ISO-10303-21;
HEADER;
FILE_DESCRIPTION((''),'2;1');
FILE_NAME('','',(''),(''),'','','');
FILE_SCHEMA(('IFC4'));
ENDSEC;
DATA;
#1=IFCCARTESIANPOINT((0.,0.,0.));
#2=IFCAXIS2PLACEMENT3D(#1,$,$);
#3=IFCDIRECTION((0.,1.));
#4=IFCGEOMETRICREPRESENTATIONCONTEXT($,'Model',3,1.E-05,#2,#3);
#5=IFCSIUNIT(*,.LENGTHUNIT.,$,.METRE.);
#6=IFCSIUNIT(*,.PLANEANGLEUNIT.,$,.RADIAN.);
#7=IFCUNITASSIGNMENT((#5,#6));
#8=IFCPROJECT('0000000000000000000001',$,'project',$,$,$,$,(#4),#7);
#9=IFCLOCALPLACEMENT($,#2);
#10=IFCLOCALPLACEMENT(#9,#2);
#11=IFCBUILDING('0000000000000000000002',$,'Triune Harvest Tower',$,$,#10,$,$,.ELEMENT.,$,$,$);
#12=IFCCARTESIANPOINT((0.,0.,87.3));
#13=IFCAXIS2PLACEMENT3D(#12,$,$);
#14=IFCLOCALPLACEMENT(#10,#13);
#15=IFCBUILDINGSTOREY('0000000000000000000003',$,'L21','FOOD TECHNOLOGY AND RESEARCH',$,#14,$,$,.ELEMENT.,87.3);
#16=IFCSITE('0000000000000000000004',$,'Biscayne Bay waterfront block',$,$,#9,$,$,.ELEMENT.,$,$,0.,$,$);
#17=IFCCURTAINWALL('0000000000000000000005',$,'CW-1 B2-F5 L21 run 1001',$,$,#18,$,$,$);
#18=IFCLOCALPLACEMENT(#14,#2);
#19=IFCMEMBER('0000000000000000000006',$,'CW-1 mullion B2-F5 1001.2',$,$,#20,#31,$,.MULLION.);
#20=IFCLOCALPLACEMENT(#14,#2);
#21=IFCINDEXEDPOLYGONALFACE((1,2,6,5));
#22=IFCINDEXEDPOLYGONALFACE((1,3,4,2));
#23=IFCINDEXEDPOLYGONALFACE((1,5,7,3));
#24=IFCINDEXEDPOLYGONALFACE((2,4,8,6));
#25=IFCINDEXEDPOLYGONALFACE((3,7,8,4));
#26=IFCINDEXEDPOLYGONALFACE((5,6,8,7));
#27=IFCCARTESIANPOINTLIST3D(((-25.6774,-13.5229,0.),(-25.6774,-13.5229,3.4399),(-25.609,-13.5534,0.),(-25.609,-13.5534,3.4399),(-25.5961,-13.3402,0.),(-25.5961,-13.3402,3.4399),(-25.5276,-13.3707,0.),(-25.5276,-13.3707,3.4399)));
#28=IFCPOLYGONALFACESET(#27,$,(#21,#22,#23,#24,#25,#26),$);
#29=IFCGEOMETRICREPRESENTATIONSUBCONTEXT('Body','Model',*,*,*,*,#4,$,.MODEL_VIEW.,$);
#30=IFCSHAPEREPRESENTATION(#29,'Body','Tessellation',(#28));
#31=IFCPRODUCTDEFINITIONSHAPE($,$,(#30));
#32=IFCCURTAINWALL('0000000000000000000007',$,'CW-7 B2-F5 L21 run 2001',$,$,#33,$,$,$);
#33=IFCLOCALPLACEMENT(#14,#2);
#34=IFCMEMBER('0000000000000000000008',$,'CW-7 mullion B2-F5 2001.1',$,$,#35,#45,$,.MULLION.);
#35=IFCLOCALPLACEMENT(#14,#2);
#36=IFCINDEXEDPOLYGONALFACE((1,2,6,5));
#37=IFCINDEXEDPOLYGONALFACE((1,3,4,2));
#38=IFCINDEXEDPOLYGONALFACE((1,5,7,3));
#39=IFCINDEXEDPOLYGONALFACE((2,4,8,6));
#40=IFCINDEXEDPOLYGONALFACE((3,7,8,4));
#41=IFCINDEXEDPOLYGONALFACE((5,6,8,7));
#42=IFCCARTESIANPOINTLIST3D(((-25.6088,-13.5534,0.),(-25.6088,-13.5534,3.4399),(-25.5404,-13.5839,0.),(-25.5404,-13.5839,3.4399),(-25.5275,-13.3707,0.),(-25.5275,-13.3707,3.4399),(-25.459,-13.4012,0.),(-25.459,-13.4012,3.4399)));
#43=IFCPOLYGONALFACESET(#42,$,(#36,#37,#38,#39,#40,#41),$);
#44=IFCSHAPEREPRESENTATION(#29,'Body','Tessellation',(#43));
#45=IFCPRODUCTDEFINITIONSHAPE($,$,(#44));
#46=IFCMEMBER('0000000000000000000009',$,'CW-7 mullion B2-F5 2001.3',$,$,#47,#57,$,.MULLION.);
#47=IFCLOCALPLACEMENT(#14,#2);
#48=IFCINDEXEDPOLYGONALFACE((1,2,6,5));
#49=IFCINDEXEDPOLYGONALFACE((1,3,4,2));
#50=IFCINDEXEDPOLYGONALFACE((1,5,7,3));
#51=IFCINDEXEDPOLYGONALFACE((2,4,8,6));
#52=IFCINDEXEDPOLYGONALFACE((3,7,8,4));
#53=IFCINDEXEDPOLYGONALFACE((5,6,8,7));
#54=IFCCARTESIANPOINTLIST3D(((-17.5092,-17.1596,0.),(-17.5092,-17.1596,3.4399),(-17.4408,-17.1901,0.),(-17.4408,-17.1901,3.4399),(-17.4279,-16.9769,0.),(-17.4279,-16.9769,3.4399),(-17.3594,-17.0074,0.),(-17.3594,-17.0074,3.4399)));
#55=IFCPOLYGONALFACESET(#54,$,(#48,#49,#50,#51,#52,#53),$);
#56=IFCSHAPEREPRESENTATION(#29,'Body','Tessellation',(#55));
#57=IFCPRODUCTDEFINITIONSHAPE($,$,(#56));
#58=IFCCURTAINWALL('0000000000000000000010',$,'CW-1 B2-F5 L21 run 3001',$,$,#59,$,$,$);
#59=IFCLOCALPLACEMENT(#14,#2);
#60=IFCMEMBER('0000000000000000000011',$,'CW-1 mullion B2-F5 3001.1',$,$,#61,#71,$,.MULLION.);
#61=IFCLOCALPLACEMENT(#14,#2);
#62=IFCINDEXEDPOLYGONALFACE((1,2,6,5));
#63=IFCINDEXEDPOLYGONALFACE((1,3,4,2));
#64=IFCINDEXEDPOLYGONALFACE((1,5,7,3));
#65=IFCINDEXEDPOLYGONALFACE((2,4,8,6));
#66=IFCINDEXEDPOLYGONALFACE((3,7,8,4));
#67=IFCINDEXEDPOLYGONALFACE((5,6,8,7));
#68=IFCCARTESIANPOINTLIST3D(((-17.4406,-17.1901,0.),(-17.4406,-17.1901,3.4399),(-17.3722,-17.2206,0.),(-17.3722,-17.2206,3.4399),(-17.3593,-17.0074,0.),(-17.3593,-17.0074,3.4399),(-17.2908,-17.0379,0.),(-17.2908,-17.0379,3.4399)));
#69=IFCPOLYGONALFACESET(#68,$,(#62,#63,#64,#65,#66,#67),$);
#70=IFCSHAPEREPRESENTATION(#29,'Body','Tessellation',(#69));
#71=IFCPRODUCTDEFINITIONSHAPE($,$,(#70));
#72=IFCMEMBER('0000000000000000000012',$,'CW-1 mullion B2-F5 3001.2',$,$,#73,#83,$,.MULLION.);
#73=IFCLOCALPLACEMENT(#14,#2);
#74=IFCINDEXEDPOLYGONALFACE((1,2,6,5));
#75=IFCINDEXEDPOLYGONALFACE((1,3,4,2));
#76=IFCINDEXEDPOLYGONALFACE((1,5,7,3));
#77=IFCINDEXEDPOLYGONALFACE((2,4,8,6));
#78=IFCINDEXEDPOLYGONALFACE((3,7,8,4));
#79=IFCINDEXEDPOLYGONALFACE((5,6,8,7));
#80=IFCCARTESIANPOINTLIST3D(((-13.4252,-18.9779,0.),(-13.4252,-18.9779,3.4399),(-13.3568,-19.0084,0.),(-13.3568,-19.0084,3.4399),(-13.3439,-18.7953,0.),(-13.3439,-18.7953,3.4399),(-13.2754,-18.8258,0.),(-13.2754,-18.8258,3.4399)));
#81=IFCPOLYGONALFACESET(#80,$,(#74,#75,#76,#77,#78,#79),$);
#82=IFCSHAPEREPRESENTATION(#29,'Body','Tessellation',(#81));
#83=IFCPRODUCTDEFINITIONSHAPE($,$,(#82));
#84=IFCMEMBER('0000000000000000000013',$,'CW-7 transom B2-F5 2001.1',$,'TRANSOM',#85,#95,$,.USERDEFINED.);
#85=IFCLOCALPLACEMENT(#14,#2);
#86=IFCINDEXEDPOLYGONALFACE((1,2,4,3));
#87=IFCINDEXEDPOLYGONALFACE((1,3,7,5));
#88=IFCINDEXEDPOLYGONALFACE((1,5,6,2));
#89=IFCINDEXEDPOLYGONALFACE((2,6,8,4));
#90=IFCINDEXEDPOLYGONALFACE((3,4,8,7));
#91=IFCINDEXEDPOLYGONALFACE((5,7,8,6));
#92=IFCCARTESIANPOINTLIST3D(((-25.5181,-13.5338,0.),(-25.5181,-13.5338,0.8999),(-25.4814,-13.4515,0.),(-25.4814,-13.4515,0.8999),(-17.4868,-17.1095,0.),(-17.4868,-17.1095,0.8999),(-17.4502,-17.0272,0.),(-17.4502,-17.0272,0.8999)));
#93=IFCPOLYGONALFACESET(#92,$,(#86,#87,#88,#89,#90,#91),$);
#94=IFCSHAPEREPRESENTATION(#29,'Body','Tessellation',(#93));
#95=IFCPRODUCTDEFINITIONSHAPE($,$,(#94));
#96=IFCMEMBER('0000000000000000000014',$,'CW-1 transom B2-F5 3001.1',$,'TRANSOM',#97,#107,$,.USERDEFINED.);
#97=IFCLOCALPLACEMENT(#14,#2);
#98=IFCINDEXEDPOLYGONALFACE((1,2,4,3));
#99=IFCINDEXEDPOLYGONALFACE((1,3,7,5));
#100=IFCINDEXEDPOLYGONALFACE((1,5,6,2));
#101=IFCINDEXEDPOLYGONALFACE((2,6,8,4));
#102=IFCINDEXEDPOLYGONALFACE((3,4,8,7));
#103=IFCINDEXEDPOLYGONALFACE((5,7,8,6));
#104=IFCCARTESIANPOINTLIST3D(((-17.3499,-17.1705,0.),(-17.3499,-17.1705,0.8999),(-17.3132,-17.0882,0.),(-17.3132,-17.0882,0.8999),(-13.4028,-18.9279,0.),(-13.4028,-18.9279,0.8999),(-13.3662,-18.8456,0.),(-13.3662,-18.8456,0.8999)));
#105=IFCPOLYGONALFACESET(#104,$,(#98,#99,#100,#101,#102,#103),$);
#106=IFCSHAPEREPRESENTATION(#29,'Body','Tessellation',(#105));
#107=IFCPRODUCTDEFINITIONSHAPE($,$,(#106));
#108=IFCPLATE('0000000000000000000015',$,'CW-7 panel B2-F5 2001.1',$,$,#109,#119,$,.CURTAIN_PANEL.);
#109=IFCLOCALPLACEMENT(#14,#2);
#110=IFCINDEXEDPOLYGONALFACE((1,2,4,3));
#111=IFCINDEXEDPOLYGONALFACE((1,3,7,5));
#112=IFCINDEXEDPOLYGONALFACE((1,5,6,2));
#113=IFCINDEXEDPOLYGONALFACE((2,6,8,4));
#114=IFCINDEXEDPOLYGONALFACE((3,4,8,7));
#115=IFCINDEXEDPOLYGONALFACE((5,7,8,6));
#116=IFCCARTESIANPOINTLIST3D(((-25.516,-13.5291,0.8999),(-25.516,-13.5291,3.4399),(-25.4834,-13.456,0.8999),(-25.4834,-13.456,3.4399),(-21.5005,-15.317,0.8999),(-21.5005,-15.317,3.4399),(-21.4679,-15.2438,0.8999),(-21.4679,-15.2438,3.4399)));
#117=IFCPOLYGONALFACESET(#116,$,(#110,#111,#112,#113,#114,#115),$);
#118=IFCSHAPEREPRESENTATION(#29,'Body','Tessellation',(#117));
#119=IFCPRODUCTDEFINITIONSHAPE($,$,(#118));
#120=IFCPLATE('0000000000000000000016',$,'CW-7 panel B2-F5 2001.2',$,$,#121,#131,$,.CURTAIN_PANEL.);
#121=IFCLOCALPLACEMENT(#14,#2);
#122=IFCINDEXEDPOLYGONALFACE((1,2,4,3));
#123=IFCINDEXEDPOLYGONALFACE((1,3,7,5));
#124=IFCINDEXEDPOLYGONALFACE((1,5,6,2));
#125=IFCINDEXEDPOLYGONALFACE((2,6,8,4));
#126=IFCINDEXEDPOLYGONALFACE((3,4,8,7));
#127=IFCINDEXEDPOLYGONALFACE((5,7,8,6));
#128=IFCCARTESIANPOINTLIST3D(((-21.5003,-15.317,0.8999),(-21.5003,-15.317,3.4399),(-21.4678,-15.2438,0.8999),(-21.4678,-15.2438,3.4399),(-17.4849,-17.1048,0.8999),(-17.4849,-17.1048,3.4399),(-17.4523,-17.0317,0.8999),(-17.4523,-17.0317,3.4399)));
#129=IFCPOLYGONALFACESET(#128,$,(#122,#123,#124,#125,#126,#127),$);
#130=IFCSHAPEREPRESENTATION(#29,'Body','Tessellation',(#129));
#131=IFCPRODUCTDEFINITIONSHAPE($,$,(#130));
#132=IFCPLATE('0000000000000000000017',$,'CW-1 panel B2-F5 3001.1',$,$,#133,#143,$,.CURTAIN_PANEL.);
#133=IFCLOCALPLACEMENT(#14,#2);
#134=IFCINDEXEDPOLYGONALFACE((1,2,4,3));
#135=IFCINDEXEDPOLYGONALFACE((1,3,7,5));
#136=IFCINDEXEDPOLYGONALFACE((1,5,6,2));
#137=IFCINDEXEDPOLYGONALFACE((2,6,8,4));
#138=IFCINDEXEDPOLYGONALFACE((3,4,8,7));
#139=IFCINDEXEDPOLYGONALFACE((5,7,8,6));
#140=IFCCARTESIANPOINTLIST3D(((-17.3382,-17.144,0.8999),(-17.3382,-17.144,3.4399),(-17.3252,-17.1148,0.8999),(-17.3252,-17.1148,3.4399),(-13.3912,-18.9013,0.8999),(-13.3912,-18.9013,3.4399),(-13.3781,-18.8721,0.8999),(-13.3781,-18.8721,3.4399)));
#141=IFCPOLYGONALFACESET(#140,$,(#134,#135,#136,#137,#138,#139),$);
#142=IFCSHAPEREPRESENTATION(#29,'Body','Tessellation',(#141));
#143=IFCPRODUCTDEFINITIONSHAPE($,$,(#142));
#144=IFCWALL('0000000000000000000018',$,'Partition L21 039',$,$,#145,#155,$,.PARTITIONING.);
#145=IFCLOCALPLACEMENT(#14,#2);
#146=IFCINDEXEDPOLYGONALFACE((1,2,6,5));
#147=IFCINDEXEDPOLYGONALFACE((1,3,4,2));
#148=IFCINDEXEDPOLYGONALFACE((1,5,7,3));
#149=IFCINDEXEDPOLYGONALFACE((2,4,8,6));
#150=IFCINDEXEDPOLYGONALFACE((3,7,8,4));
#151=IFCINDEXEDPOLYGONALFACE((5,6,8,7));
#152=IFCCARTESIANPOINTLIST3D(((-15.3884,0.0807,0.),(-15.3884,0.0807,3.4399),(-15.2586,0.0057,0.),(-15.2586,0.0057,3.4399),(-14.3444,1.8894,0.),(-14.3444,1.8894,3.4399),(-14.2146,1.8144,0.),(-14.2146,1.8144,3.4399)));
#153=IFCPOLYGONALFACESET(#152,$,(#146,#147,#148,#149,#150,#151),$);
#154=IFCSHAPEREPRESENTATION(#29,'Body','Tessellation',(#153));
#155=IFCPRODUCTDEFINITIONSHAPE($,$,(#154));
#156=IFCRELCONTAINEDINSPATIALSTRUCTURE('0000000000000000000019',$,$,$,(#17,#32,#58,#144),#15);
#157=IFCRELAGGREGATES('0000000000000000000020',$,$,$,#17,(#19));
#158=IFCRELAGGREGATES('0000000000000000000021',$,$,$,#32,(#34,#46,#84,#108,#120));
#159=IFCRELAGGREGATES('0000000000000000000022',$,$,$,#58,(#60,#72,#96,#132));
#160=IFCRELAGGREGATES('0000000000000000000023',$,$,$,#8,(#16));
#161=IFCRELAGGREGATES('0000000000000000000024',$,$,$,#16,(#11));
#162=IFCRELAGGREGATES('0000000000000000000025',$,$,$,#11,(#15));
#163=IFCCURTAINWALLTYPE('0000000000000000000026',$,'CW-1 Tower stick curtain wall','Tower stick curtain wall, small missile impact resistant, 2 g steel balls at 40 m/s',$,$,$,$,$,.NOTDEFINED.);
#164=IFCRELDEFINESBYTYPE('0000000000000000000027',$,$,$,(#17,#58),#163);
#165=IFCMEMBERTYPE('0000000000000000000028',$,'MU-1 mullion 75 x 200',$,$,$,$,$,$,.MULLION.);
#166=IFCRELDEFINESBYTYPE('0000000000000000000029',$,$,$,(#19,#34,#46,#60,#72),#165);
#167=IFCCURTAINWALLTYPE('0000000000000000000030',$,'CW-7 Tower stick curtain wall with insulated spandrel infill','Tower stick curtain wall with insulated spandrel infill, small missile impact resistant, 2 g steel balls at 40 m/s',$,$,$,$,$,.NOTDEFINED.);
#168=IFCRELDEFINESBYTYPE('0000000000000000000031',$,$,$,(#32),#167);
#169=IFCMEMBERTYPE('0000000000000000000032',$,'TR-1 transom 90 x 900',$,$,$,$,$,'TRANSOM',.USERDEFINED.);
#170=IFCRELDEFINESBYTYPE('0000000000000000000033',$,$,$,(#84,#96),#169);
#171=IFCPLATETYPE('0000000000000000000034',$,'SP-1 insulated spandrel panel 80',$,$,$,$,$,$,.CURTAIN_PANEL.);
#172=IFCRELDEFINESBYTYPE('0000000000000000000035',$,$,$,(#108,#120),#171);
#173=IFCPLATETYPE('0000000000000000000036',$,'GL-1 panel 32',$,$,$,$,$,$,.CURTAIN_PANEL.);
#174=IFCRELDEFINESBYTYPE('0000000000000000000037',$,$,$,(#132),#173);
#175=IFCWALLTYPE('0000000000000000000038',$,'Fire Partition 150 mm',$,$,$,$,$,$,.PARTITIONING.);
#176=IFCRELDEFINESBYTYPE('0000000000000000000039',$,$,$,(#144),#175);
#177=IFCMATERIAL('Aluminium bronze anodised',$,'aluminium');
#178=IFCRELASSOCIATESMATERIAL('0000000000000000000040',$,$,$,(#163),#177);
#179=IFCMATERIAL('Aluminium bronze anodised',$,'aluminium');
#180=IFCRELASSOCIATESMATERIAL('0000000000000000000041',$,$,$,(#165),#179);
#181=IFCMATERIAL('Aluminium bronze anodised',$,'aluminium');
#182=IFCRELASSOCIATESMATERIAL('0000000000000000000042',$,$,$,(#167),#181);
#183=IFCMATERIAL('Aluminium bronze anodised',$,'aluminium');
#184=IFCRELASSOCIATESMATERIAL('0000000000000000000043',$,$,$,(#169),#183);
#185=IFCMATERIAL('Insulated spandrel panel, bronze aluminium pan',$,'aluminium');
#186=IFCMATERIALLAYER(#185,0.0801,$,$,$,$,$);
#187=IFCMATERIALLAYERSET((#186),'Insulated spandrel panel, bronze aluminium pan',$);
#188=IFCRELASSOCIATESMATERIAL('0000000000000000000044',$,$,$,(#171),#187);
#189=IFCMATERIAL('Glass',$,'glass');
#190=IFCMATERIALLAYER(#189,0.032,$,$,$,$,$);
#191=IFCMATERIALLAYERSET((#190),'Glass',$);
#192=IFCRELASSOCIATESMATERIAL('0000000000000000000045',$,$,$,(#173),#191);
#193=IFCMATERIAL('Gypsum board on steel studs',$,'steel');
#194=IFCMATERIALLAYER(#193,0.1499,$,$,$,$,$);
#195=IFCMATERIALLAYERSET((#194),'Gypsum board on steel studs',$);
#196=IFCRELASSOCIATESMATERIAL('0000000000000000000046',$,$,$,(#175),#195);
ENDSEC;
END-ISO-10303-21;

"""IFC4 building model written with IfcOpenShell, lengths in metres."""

from ifc_helpers import new_model, si_unit, direction, frame, frame_2d, origin, origin_2d, place, context, subcontext, project, spatial, rectangle, extrude, source, transform, mapped, material, layer, layer_set, material_profile, profile_set, type_object, element, aggregate, save


model = new_model("IFC4")

# Units and contexts
model_context = context("Model", 3, precision=1e-05, world=origin(), true_north=direction((0.0, 1.0)))
body_context = subcontext(model_context, "Body", "Model", "MODEL_VIEW")
ifc_project = project(units=[si_unit("LENGTHUNIT", "METRE"), si_unit("PLANEANGLEUNIT", "RADIAN")], contexts=[model_context])

# Site, building, storey
site_placement = place(None, origin())
site = spatial("IfcSite", under=ifc_project, at=site_placement, Name="Biscayne Bay waterfront block", CompositionType="ELEMENT", RefElevation=0.0)
building_placement = place(site_placement, origin())
building = spatial("IfcBuilding", under=site, at=building_placement, Name="Triune Harvest Tower", CompositionType="ELEMENT")
storey_placement = place(building_placement, frame((0.0, 0.0, 87.3)))
storey = spatial("IfcBuildingStorey", under=building, at=storey_placement, Name="L21", Description="FOOD TECHNOLOGY AND RESEARCH", CompositionType="ELEMENT", Elevation=87.3)

# Curtain wall, member
ifc_material_1 = material(Name="Aluminium bronze anodised", Category="aluminium")
curtain_wall_type_1 = type_object("IfcCurtainWallType", Name="CW-1 Tower stick curtain wall", Description="Tower stick curtain wall, small missile impact resistant, 2 g steel balls at 40 m/s", PredefinedType="NOTDEFINED", material=ifc_material_1)
curtain_wall_1_placement = place(storey_placement, origin())
curtain_wall_1 = element("IfcCurtainWall", 1, at=curtain_wall_1_placement, inside=storey, type_object=curtain_wall_type_1, Name="CW-1 B2-F5 L21 run 1001")
ifc_material_2 = material(Name="Aluminium bronze anodised", Category="aluminium")
ifc_material_profile_1 = material_profile(ifc_material_2, rectangle(XDim=0.2, YDim=0.075, at=origin_2d()), Name="MU-1 mullion 75 x 200")
ifc_profile_set_1 = profile_set([ifc_material_profile_1], Name="Aluminium bronze anodised")
member_type_1 = type_object("IfcMemberType", Name="MU-1 mullion 75 x 200", PredefinedType="MULLION", material=ifc_profile_set_1)
shared_shape_1 = source(origin(), body_context, "Body", "SweptSolid", [
    extrude(rectangle(XDim=0.2, YDim=0.075, at=origin_2d()), origin(), (0.0, 0.0, 1.0), 3.4399),
])
member_1_placement = place(storey_placement, frame((-25.6025, -13.4468, 0.0), z_axis=(0.0, 0.0, 1.0), x_axis=(0.406726, 0.91355, 0.0)))
member_1 = element("IfcMember", 2, at=member_1_placement, type_object=member_type_1, Name="CW-1 mullion B2-F5 1001.2", PredefinedType="MULLION", context=body_context, shape_type="MappedRepresentation", body=[
    mapped(shared_shape_1, transform((0.0, 0.0, 0.0), scale=1.0)),
])
aggregate(curtain_wall_1, [member_1])

# Curtain walls, members
ifc_material_3 = material(Name="Aluminium bronze anodised", Category="aluminium")
curtain_wall_type_2 = type_object("IfcCurtainWallType", Name="CW-7 Tower stick curtain wall with insulated spandrel infill", Description="Tower stick curtain wall with insulated spandrel infill, small missile impact resistant, 2 g steel balls at 40 m/s", PredefinedType="NOTDEFINED", material=ifc_material_3)
curtain_wall_2_placement = place(storey_placement, origin())
curtain_wall_2 = element("IfcCurtainWall", 3, at=curtain_wall_2_placement, inside=storey, type_object=curtain_wall_type_2, Name="CW-7 B2-F5 L21 run 2001")
member_2_placement = place(storey_placement, frame((-25.5339, -13.4773, 0.0), z_axis=(0.0, 0.0, 1.0), x_axis=(0.406739, 0.913544, 0.0)))
member_2 = element("IfcMember", 4, at=member_2_placement, type_object=member_type_1, Name="CW-7 mullion B2-F5 2001.1", PredefinedType="MULLION", context=body_context, shape_type="MappedRepresentation", body=[
    mapped(shared_shape_1, transform((0.0, 0.0, 0.0), scale=1.0)),
])
member_3_placement = place(storey_placement, frame((-17.4343, -17.0835, 0.0), z_axis=(0.0, 0.0, 1.0), x_axis=(0.406739, 0.913544, 0.0)))
member_3 = element("IfcMember", 5, at=member_3_placement, type_object=member_type_1, Name="CW-7 mullion B2-F5 2001.3", PredefinedType="MULLION", context=body_context, shape_type="MappedRepresentation", body=[
    mapped(shared_shape_1, transform((0.0, 0.0, 0.0), scale=1.0)),
])
curtain_wall_3_placement = place(storey_placement, origin())
curtain_wall_3 = element("IfcCurtainWall", 6, at=curtain_wall_3_placement, inside=storey, type_object=curtain_wall_type_1, Name="CW-1 B2-F5 L21 run 3001")
member_4_placement = place(storey_placement, frame((-17.3657, -17.114, 0.0), z_axis=(0.0, 0.0, 1.0), x_axis=(0.406744, 0.913542, 0.0)))
member_4 = element("IfcMember", 7, at=member_4_placement, type_object=member_type_1, Name="CW-1 mullion B2-F5 3001.1", PredefinedType="MULLION", context=body_context, shape_type="MappedRepresentation", body=[
    mapped(shared_shape_1, transform((0.0, 0.0, 0.0), scale=1.0)),
])
member_5_placement = place(storey_placement, frame((-13.3503, -18.9019, 0.0), z_axis=(0.0, 0.0, 1.0), x_axis=(0.406744, 0.913542, 0.0)))
member_5 = element("IfcMember", 8, at=member_5_placement, type_object=member_type_1, Name="CW-1 mullion B2-F5 3001.2", PredefinedType="MULLION", context=body_context, shape_type="MappedRepresentation", body=[
    mapped(shared_shape_1, transform((0.0, 0.0, 0.0), scale=1.0)),
])

# Members
ifc_material_4 = material(Name="Aluminium bronze anodised", Category="aluminium")
ifc_material_profile_2 = material_profile(ifc_material_4, rectangle(XDim=0.0901, YDim=0.8999, at=origin_2d()), Name="TR-1 transom 90 x 900")
ifc_profile_set_2 = profile_set([ifc_material_profile_2], Name="Aluminium bronze anodised")
member_type_2 = type_object("IfcMemberType", Name="TR-1 transom 90 x 900", ElementType="TRANSOM", PredefinedType="USERDEFINED", material=ifc_profile_set_2)
shared_shape_2 = source(origin(), body_context, "Body", "SweptSolid", [
    extrude(rectangle(XDim=0.0901, YDim=0.8999, at=origin_2d()), origin(), (0.0, 0.0, 1.0), 8.7913),
])
member_6_placement = place(storey_placement, frame((-25.4998, -13.4927, 0.45), z_axis=(0.913548, -0.406731, 0.0), x_axis=(0.406731, 0.913548, 0.0)))
member_6 = element("IfcMember", 9, at=member_6_placement, type_object=member_type_2, Name="CW-7 transom B2-F5 2001.1", ObjectType="TRANSOM", PredefinedType="USERDEFINED", context=body_context, shape_type="MappedRepresentation", body=[
    mapped(shared_shape_2, transform((0.0, 0.0, 0.0), scale=1.0)),
])
shared_shape_3 = source(origin(), body_context, "Body", "SweptSolid", [
    extrude(rectangle(XDim=0.0901, YDim=0.8999, at=origin_2d()), origin(), (0.0, 0.0, 1.0), 4.3206),
])
member_7_placement = place(storey_placement, frame((-17.3315, -17.1294, 0.45), z_axis=(0.913546, -0.406736, 0.0), x_axis=(0.406736, 0.913546, 0.0)))
member_7 = element("IfcMember", 10, at=member_7_placement, type_object=member_type_2, Name="CW-1 transom B2-F5 3001.1", ObjectType="TRANSOM", PredefinedType="USERDEFINED", context=body_context, shape_type="MappedRepresentation", body=[
    mapped(shared_shape_3, transform((0.0, 0.0, 0.0), scale=1.0)),
])

# Plates
ifc_material_5 = material(Name="Insulated spandrel panel, bronze aluminium pan", Category="aluminium")
ifc_layer_1 = layer(ifc_material_5, 0.0801)
ifc_layer_set_1 = layer_set([ifc_layer_1], Name="Insulated spandrel panel, bronze aluminium pan")
plate_type_1 = type_object("IfcPlateType", Name="SP-1 insulated spandrel panel 80", PredefinedType="CURTAIN_PANEL", material=ifc_layer_set_1)
shared_shape_4 = source(origin(), body_context, "Body", "SweptSolid", [
    extrude(rectangle(XDim=4.3955, YDim=0.0801, at=origin_2d()), origin(), (0.0, 0.0, 1.0), 2.54),
])
plate_1_placement = place(storey_placement, frame((-23.4919, -14.3865, 0.8999), z_axis=(0.0, 0.0, 1.0), x_axis=(0.913544, -0.406739, 0.0)))
plate_1 = element("IfcPlate", 11, at=plate_1_placement, type_object=plate_type_1, Name="CW-7 panel B2-F5 2001.1", PredefinedType="CURTAIN_PANEL", context=body_context, shape_type="MappedRepresentation", body=[
    mapped(shared_shape_4, transform((0.0, 0.0, 0.0), scale=1.0)),
])
plate_2_placement = place(storey_placement, frame((-19.4763, -16.1743, 0.8999), z_axis=(0.0, 0.0, 1.0), x_axis=(0.913544, -0.406739, 0.0)))
plate_2 = element("IfcPlate", 12, at=plate_2_placement, type_object=plate_type_1, Name="CW-7 panel B2-F5 2001.2", PredefinedType="CURTAIN_PANEL", context=body_context, shape_type="MappedRepresentation", body=[
    mapped(shared_shape_4, transform((0.0, 0.0, 0.0), scale=1.0)),
])
aggregate(curtain_wall_2, [member_2, member_3, member_6, plate_1, plate_2])
ifc_material_6 = material(Name="Glass", Category="glass")
ifc_layer_2 = layer(ifc_material_6, 0.032)
ifc_layer_set_2 = layer_set([ifc_layer_2], Name="Glass")
plate_type_2 = type_object("IfcPlateType", Name="GL-1 panel 32", PredefinedType="CURTAIN_PANEL", material=ifc_layer_set_2)
shared_shape_5 = source(origin(), body_context, "Body", "SweptSolid", [
    extrude(rectangle(XDim=4.3206, YDim=0.032, at=origin_2d()), origin(), (0.0, 0.0, 1.0), 2.54),
])
plate_3_placement = place(storey_placement, frame((-15.3582, -18.0081, 0.8999), z_axis=(0.0, 0.0, 1.0), x_axis=(0.913542, -0.406744, 0.0)))
plate_3 = element("IfcPlate", 13, at=plate_3_placement, type_object=plate_type_2, Name="CW-1 panel B2-F5 3001.1", PredefinedType="CURTAIN_PANEL", context=body_context, shape_type="MappedRepresentation", body=[
    mapped(shared_shape_5, transform((0.0, 0.0, 0.0), scale=1.0)),
])
aggregate(curtain_wall_3, [member_4, member_5, member_7, plate_3])

# Wall
ifc_material_7 = material(Name="Gypsum board on steel studs", Category="steel")
ifc_layer_3 = layer(ifc_material_7, 0.1499)
ifc_layer_set_3 = layer_set([ifc_layer_3], Name="Gypsum board on steel studs")
wall_type_1 = type_object("IfcWallType", Name="Fire Partition 150 mm", PredefinedType="PARTITIONING", material=ifc_layer_set_3)
wall_1_placement = place(storey_placement, frame((-15.3235, 0.0432, 0.0), z_axis=(0.0, 0.0, 1.0), x_axis=(0.499911, 0.866077, 0.0)))
element("IfcWall", 14, at=wall_1_placement, inside=storey, type_object=wall_type_1, Name="Partition L21 039", PredefinedType="PARTITIONING", context=body_context, shape_type="SweptSolid", body=[
    extrude(rectangle(XDim=2.0884, YDim=0.1499, at=frame_2d((1.0442, 0.0))), origin(), (0.0, 0.0, 1.0), 3.4399),
])

save(model, "model.ifc")
